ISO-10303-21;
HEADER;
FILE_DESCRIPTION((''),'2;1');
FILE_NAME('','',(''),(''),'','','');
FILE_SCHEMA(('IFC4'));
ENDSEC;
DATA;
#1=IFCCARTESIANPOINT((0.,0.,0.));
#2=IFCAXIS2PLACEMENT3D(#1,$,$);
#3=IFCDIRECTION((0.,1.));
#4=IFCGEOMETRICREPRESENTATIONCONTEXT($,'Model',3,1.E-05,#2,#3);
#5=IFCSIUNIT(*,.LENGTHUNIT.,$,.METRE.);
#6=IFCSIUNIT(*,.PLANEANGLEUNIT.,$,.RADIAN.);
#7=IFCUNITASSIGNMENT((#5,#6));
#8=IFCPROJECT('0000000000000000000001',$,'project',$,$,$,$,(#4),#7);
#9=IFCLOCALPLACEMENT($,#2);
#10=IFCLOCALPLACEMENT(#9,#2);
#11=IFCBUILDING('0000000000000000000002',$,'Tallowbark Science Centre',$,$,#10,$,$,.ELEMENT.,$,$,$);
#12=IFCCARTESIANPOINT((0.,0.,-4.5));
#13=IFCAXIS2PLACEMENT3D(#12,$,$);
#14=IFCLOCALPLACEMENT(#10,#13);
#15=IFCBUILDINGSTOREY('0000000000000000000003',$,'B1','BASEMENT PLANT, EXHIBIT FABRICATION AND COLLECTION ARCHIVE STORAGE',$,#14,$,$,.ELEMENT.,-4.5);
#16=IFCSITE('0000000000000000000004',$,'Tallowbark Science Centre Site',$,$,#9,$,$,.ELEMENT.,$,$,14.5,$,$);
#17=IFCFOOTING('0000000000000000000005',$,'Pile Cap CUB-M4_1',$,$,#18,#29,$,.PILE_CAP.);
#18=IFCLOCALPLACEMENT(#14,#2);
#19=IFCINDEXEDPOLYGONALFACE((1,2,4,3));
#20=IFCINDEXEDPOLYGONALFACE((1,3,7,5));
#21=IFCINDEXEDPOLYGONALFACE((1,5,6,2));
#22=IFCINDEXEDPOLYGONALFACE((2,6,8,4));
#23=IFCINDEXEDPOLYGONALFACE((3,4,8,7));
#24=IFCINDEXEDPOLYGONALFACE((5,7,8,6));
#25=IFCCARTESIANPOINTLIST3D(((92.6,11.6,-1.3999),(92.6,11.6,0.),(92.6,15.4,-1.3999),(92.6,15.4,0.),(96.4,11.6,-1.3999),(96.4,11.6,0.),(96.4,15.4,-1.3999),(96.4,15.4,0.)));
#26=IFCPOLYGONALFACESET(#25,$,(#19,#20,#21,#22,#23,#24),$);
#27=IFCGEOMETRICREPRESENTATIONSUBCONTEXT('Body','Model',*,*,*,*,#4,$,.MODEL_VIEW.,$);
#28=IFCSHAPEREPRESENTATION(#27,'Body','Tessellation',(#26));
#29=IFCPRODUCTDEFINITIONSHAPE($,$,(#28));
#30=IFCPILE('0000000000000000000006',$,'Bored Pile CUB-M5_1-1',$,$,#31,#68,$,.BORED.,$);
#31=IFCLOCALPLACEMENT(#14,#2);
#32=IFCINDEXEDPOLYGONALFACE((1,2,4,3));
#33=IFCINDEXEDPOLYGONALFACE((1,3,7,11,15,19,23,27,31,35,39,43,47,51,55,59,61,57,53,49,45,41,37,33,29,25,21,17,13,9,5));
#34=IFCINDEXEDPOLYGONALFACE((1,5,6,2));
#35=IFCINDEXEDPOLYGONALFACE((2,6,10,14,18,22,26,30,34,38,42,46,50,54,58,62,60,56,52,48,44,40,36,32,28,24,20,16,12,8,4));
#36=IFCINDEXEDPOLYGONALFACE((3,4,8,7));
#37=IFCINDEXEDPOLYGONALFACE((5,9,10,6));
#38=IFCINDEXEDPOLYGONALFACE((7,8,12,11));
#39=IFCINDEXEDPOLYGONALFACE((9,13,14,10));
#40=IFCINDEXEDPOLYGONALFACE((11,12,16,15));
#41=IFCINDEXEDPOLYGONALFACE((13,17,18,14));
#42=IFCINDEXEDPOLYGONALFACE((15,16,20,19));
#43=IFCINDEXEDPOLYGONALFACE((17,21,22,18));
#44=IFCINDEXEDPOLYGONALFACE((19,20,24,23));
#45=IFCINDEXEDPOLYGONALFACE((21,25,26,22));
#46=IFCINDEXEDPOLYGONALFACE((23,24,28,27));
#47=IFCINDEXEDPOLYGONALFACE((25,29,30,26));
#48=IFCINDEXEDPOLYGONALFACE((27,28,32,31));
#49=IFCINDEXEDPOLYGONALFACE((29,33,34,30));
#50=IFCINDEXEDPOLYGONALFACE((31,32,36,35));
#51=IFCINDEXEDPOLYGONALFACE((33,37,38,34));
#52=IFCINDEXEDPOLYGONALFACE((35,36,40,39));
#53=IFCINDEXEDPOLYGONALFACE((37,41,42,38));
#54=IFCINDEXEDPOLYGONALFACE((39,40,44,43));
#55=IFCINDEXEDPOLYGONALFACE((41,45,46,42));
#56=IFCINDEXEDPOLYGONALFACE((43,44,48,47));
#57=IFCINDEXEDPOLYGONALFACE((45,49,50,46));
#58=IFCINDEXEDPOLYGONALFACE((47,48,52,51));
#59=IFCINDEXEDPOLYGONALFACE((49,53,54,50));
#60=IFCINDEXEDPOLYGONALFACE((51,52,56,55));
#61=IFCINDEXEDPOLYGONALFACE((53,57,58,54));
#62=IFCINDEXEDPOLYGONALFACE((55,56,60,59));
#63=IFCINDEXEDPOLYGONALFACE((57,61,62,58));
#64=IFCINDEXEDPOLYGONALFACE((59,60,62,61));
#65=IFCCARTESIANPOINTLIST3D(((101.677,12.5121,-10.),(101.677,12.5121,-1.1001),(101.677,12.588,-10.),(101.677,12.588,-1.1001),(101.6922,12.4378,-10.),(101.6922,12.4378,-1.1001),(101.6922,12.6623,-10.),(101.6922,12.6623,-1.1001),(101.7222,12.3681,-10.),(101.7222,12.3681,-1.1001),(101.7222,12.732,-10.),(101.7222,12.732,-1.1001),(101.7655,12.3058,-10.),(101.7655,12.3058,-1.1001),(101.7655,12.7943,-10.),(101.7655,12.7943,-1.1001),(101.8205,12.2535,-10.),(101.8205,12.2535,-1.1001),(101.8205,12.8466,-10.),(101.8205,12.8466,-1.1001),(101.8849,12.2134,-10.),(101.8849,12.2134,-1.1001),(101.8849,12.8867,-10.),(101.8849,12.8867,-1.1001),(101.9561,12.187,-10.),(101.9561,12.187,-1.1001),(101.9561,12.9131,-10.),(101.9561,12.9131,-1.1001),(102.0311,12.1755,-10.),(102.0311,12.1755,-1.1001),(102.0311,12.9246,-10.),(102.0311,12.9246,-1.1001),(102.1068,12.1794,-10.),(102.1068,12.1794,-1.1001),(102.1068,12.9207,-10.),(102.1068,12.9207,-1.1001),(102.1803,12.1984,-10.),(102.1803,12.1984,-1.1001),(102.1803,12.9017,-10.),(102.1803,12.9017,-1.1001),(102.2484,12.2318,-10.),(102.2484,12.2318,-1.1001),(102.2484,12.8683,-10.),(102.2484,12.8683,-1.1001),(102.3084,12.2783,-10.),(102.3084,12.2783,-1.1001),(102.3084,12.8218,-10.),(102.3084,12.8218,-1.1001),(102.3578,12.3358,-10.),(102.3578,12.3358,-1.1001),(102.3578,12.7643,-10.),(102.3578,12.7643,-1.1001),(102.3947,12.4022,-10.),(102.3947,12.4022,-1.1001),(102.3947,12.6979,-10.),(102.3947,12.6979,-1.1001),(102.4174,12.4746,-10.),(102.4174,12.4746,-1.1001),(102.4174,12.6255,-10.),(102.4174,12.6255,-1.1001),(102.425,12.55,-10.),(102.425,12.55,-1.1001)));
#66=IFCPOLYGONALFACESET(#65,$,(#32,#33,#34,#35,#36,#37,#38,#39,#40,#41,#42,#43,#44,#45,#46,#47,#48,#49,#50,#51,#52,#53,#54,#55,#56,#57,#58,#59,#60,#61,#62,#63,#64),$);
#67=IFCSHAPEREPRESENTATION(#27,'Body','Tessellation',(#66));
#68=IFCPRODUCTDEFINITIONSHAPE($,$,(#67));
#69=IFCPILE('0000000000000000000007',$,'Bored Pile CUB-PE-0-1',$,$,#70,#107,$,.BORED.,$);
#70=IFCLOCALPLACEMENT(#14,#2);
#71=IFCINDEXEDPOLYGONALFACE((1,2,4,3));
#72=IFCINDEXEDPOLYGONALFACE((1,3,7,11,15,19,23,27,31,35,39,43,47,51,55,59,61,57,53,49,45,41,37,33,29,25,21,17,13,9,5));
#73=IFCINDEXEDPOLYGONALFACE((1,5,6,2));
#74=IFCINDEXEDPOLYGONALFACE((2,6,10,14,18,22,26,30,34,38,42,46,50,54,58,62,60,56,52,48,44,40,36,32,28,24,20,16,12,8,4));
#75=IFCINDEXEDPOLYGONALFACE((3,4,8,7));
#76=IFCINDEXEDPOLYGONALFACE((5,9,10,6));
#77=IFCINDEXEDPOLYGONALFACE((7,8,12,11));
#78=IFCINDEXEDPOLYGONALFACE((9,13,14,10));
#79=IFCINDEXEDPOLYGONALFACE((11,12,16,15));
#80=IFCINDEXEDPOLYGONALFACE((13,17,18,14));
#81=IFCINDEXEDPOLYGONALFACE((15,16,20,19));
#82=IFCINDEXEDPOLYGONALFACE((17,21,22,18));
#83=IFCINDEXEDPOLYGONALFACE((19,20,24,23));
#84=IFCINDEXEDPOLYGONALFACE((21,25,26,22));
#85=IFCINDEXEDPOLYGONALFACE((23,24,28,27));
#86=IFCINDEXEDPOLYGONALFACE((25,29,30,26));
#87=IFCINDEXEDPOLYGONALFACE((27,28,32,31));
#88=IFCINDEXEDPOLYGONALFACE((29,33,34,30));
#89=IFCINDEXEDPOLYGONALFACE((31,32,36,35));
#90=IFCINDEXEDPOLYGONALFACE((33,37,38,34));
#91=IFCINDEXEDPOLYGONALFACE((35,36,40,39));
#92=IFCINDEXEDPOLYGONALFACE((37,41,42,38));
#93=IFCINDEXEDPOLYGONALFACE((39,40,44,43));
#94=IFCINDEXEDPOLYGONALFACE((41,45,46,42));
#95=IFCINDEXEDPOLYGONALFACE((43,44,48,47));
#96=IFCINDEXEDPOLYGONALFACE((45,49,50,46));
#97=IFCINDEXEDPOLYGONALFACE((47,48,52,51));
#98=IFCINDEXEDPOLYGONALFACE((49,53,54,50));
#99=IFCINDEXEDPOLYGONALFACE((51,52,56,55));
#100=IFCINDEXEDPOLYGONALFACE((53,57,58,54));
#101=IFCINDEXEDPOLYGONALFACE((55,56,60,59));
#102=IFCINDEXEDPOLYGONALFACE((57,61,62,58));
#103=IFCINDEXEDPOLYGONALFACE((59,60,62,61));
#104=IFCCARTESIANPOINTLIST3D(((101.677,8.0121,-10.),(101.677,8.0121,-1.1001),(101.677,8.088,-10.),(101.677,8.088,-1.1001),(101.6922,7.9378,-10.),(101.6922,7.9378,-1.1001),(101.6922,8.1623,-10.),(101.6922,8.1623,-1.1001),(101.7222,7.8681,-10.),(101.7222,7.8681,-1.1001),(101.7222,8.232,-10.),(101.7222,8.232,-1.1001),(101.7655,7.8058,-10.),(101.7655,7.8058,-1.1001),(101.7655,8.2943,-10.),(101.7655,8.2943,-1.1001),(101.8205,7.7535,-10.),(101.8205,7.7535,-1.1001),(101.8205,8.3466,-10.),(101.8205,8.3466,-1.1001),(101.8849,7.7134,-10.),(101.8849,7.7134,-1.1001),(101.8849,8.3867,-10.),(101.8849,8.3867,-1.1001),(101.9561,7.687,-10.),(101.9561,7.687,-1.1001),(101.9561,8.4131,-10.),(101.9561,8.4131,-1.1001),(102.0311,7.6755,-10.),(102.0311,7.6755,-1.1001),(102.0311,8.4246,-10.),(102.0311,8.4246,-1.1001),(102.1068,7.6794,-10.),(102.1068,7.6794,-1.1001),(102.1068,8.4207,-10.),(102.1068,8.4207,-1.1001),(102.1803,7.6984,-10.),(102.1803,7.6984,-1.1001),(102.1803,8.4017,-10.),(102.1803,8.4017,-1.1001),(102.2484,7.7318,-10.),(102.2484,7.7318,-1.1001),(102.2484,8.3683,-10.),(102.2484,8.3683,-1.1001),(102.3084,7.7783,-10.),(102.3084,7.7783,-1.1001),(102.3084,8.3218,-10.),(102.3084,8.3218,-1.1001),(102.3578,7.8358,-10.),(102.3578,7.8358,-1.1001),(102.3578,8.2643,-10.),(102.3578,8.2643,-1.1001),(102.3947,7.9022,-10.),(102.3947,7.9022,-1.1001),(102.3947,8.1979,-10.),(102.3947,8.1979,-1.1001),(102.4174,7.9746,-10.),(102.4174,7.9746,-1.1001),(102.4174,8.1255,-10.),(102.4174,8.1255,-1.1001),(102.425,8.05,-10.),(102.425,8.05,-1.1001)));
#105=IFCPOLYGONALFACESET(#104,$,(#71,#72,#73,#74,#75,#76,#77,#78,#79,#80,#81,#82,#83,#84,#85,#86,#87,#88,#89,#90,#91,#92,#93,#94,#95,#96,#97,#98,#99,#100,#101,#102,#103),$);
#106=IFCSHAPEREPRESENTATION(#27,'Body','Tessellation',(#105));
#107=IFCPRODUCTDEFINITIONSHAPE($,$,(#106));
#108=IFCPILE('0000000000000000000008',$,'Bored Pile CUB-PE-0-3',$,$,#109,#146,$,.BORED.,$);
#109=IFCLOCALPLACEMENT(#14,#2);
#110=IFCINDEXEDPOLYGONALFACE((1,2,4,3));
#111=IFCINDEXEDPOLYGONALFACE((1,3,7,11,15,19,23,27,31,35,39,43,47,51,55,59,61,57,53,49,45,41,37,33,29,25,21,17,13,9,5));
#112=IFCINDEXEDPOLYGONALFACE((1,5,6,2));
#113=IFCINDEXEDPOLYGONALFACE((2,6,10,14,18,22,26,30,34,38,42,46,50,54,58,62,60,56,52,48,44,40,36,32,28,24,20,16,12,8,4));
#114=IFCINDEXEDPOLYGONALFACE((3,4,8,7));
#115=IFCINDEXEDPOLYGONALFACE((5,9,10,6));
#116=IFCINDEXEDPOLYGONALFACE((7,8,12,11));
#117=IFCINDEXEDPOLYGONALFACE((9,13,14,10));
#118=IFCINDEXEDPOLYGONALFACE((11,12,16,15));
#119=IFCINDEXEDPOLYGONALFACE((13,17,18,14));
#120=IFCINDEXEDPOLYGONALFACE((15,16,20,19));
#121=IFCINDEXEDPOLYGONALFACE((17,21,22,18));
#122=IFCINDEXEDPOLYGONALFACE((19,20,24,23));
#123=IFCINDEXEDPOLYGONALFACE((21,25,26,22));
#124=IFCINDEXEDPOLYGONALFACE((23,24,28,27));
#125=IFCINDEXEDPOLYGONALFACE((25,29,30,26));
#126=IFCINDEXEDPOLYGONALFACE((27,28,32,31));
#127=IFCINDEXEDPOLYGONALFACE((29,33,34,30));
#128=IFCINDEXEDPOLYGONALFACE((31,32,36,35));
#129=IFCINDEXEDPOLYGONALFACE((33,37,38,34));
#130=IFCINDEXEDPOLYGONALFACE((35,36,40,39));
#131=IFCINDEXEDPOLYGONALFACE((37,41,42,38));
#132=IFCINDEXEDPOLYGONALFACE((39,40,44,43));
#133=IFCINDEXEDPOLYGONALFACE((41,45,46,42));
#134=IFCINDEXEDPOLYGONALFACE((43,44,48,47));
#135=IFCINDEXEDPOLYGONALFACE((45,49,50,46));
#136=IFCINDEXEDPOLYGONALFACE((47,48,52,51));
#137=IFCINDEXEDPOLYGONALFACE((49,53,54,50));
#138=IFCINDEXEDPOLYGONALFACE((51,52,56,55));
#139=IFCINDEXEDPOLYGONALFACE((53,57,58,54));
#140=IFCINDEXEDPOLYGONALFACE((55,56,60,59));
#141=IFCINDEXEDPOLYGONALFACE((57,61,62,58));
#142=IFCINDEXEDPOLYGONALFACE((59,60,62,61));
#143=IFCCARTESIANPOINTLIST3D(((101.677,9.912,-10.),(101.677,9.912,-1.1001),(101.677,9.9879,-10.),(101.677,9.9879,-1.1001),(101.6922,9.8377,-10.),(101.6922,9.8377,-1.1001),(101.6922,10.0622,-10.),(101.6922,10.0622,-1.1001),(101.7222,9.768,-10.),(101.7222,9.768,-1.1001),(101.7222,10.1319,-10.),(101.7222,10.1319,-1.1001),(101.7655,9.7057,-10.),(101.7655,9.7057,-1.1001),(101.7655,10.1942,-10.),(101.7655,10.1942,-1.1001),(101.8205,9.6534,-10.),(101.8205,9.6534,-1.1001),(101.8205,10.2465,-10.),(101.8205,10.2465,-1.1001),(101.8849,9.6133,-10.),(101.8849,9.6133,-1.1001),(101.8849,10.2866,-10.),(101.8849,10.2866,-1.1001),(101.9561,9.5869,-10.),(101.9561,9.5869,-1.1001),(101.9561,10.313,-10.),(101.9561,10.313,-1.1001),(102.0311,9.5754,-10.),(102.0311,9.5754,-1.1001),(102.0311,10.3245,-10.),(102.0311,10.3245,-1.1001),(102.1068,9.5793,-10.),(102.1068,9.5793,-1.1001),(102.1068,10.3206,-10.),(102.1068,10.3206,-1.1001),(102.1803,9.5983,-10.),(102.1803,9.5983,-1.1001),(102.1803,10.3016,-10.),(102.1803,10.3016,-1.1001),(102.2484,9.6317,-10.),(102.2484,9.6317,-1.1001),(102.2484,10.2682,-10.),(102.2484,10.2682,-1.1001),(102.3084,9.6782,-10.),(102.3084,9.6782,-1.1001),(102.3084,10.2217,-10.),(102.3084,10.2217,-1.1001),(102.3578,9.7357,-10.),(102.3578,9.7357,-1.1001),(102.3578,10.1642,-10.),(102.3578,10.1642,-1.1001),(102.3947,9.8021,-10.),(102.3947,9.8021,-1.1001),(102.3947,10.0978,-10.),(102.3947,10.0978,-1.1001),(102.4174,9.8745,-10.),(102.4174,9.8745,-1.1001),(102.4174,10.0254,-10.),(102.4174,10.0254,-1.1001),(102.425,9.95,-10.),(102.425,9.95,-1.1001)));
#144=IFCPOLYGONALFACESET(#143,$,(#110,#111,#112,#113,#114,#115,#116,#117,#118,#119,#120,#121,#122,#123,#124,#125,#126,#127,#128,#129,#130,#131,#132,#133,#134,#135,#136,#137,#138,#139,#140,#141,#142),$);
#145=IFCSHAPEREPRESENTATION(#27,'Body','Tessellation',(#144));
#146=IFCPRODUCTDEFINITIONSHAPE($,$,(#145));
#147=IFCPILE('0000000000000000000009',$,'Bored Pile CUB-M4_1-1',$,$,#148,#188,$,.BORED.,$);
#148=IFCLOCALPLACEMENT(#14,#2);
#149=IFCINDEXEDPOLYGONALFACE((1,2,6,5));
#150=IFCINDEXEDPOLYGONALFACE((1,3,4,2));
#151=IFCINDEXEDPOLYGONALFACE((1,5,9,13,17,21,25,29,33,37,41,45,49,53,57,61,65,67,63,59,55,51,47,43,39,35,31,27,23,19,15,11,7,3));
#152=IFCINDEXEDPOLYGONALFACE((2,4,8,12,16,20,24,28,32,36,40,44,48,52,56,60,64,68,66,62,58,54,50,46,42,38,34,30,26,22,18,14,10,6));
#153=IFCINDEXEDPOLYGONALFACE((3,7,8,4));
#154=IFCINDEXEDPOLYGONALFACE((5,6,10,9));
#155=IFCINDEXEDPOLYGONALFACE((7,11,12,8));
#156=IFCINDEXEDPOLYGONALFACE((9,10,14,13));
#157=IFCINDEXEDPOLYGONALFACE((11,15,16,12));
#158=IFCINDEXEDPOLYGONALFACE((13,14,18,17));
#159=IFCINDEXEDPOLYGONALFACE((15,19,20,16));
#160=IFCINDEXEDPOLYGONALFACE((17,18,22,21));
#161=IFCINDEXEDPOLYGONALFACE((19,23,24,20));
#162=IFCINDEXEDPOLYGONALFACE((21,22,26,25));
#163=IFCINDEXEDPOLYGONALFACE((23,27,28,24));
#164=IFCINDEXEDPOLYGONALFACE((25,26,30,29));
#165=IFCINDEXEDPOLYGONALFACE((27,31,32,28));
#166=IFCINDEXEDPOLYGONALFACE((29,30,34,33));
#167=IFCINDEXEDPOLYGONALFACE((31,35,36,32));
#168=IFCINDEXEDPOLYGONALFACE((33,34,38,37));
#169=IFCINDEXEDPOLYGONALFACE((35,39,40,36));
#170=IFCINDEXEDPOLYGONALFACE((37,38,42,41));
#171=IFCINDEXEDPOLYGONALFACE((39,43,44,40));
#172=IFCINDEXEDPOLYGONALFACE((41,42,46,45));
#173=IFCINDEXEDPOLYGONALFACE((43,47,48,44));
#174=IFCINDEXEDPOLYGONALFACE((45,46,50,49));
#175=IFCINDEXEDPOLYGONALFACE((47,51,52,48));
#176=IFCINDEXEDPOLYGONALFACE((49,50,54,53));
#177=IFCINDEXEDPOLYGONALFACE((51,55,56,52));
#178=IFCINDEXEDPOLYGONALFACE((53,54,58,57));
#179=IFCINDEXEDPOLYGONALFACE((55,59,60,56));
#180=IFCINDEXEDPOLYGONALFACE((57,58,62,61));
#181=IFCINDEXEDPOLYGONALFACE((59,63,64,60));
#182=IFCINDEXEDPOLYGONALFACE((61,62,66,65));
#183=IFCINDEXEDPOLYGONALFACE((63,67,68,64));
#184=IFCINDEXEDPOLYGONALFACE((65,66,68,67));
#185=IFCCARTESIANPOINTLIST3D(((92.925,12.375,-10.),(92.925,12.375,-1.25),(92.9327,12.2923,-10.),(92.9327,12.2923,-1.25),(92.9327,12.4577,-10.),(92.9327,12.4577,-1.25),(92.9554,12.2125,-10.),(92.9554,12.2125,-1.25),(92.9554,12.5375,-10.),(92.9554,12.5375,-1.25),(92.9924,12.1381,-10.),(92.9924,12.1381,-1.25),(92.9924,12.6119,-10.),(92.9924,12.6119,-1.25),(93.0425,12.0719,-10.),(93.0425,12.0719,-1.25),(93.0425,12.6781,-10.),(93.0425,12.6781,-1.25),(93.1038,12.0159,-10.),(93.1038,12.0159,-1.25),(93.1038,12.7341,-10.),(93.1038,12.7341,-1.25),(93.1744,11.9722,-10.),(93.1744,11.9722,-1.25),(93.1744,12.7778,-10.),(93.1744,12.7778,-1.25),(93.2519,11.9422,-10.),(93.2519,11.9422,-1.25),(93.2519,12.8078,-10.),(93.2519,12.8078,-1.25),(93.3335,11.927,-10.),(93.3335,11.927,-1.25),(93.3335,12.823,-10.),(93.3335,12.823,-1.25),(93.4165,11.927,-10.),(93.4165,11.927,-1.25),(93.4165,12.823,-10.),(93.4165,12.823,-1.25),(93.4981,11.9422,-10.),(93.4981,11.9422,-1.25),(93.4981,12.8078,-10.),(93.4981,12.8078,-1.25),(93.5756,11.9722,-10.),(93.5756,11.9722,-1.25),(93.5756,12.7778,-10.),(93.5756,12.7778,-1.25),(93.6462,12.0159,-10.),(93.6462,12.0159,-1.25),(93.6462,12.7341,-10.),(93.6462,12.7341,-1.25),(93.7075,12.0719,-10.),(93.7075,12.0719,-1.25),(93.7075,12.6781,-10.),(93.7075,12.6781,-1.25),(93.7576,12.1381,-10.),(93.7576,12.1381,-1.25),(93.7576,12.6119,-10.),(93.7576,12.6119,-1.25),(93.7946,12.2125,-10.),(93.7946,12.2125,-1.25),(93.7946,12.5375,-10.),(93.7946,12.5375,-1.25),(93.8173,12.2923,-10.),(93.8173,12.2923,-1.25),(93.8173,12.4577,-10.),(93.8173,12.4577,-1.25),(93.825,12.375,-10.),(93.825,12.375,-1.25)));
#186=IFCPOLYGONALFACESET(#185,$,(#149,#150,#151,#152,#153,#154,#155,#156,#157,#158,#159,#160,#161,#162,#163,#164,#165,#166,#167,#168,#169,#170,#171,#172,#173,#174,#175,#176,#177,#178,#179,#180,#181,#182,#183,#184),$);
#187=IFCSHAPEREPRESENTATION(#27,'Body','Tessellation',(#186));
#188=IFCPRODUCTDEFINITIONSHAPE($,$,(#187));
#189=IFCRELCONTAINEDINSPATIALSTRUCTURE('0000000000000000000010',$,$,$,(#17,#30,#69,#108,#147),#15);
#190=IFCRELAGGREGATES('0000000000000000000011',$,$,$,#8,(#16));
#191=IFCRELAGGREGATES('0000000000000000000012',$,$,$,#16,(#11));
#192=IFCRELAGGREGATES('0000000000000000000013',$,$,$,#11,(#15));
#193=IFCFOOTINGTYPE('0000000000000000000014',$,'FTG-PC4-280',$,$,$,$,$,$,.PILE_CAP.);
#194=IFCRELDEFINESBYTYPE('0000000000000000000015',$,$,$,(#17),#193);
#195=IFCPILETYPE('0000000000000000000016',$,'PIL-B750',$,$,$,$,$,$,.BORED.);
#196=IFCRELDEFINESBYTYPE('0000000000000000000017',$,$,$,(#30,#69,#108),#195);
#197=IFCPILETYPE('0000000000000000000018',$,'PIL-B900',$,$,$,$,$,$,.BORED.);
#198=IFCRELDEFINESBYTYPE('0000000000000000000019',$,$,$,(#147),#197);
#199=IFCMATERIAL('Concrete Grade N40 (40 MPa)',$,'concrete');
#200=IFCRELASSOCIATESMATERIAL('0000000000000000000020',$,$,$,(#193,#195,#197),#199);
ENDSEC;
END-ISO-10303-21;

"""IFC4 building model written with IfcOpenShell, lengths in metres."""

from ifc_helpers import new_model, si_unit, direction, frame, origin, origin_2d, place, context, subcontext, project, spatial, rectangle, circle, extrude, material, material_profile, profile_set, type_object, element, save


model = new_model("IFC4")

# Units and contexts
model_context = context("Model", 3, precision=1e-05, world=origin(), true_north=direction((0.0, 1.0)))
body_context = subcontext(model_context, "Body", "Model", "MODEL_VIEW")
ifc_project = project(units=[si_unit("LENGTHUNIT", "METRE"), si_unit("PLANEANGLEUNIT", "RADIAN")], contexts=[model_context])

# Site, building, storey
site_placement = place(None, origin())
site = spatial("IfcSite", under=ifc_project, at=site_placement, Name="Tallowbark Science Centre Site", CompositionType="ELEMENT", RefElevation=14.5)
building_placement = place(site_placement, origin())
building = spatial("IfcBuilding", under=site, at=building_placement, Name="Tallowbark Science Centre", CompositionType="ELEMENT")
storey_placement = place(building_placement, frame((0.0, 0.0, -4.5)))
storey = spatial("IfcBuildingStorey", under=building, at=storey_placement, Name="B1", Description="BASEMENT PLANT, EXHIBIT FABRICATION AND COLLECTION ARCHIVE STORAGE", CompositionType="ELEMENT", Elevation=-4.5)

# Footing
ifc_material_1 = material(Name="Concrete Grade N40 (40 MPa)", Category="concrete")
footing_type = type_object("IfcFootingType", Name="FTG-PC4-280", PredefinedType="PILE_CAP", material=ifc_material_1)
footing_placement = place(storey_placement, frame((94.5, 13.5, -1.3999), z_axis=(0.0, 0.0, 1.0), x_axis=(1.0, 0.0, 0.0)))
element("IfcFooting", 1, at=footing_placement, inside=storey, type_object=footing_type, Name="Pile Cap CUB-M4_1", PredefinedType="PILE_CAP", context=body_context, shape_type="SweptSolid", body=[
    extrude(rectangle(XDim=3.8, YDim=3.8, at=origin_2d()), origin(), (0.0, 0.0, 1.0), 1.3999),
])

# Piles
ifc_material_profile_1 = material_profile(ifc_material_1, circle(Radius=0.375, at=origin_2d()), Name="PILE750")
ifc_profile_set_1 = profile_set([ifc_material_profile_1], Name="Concrete Grade N40 (40 MPa)")
pile_type_1 = type_object("IfcPileType", Name="PIL-B750", PredefinedType="BORED", material=ifc_profile_set_1)
for number, where, z_axis, x_axis, name in (
    (2, (102.05, 12.55, -1.1001), (0.0, 0.0, -1.0), (1.0, 0.0, 0.0), "Bored Pile CUB-M5_1-1"),
    (3, (102.05, 8.05, -1.1001), (0.0, 0.0, -1.0), (1.0, 0.0, 0.0), "Bored Pile CUB-PE-0-1"),
    (4, (102.05, 9.95, -1.1001), (0.0, 0.0, -1.0), (1.0, 0.0, 0.0), "Bored Pile CUB-PE-0-3"),
):
    element("IfcPile", number, at=place(storey_placement, frame(where, z_axis=z_axis, x_axis=x_axis)), inside=storey, type_object=pile_type_1, Name=name, PredefinedType="BORED", context=body_context, shape_type="SweptSolid", body=[
        extrude(circle(Radius=0.375, at=origin_2d()), origin(), (0.0, 0.0, 1.0), 8.8999),
    ])
ifc_material_profile_2 = material_profile(ifc_material_1, circle(Radius=0.45, at=origin_2d()), Name="PILE900")
ifc_profile_set_2 = profile_set([ifc_material_profile_2], Name="Concrete Grade N40 (40 MPa)")
pile_type_2 = type_object("IfcPileType", Name="PIL-B900", PredefinedType="BORED", material=ifc_profile_set_2)
for number, where, z_axis, x_axis, name in (
    (5, (93.375, 12.375, -1.25), (0.0, 0.0, -1.0), (1.0, 0.0, 0.0), "Bored Pile CUB-M4_1-1"),
):
    element("IfcPile", number, at=place(storey_placement, frame(where, z_axis=z_axis, x_axis=x_axis)), inside=storey, type_object=pile_type_2, Name=name, PredefinedType="BORED", context=body_context, shape_type="SweptSolid", body=[
        extrude(circle(Radius=0.45, at=origin_2d()), origin(), (0.0, 0.0, 1.0), 8.75),
    ])

save(model, "model.ifc")
